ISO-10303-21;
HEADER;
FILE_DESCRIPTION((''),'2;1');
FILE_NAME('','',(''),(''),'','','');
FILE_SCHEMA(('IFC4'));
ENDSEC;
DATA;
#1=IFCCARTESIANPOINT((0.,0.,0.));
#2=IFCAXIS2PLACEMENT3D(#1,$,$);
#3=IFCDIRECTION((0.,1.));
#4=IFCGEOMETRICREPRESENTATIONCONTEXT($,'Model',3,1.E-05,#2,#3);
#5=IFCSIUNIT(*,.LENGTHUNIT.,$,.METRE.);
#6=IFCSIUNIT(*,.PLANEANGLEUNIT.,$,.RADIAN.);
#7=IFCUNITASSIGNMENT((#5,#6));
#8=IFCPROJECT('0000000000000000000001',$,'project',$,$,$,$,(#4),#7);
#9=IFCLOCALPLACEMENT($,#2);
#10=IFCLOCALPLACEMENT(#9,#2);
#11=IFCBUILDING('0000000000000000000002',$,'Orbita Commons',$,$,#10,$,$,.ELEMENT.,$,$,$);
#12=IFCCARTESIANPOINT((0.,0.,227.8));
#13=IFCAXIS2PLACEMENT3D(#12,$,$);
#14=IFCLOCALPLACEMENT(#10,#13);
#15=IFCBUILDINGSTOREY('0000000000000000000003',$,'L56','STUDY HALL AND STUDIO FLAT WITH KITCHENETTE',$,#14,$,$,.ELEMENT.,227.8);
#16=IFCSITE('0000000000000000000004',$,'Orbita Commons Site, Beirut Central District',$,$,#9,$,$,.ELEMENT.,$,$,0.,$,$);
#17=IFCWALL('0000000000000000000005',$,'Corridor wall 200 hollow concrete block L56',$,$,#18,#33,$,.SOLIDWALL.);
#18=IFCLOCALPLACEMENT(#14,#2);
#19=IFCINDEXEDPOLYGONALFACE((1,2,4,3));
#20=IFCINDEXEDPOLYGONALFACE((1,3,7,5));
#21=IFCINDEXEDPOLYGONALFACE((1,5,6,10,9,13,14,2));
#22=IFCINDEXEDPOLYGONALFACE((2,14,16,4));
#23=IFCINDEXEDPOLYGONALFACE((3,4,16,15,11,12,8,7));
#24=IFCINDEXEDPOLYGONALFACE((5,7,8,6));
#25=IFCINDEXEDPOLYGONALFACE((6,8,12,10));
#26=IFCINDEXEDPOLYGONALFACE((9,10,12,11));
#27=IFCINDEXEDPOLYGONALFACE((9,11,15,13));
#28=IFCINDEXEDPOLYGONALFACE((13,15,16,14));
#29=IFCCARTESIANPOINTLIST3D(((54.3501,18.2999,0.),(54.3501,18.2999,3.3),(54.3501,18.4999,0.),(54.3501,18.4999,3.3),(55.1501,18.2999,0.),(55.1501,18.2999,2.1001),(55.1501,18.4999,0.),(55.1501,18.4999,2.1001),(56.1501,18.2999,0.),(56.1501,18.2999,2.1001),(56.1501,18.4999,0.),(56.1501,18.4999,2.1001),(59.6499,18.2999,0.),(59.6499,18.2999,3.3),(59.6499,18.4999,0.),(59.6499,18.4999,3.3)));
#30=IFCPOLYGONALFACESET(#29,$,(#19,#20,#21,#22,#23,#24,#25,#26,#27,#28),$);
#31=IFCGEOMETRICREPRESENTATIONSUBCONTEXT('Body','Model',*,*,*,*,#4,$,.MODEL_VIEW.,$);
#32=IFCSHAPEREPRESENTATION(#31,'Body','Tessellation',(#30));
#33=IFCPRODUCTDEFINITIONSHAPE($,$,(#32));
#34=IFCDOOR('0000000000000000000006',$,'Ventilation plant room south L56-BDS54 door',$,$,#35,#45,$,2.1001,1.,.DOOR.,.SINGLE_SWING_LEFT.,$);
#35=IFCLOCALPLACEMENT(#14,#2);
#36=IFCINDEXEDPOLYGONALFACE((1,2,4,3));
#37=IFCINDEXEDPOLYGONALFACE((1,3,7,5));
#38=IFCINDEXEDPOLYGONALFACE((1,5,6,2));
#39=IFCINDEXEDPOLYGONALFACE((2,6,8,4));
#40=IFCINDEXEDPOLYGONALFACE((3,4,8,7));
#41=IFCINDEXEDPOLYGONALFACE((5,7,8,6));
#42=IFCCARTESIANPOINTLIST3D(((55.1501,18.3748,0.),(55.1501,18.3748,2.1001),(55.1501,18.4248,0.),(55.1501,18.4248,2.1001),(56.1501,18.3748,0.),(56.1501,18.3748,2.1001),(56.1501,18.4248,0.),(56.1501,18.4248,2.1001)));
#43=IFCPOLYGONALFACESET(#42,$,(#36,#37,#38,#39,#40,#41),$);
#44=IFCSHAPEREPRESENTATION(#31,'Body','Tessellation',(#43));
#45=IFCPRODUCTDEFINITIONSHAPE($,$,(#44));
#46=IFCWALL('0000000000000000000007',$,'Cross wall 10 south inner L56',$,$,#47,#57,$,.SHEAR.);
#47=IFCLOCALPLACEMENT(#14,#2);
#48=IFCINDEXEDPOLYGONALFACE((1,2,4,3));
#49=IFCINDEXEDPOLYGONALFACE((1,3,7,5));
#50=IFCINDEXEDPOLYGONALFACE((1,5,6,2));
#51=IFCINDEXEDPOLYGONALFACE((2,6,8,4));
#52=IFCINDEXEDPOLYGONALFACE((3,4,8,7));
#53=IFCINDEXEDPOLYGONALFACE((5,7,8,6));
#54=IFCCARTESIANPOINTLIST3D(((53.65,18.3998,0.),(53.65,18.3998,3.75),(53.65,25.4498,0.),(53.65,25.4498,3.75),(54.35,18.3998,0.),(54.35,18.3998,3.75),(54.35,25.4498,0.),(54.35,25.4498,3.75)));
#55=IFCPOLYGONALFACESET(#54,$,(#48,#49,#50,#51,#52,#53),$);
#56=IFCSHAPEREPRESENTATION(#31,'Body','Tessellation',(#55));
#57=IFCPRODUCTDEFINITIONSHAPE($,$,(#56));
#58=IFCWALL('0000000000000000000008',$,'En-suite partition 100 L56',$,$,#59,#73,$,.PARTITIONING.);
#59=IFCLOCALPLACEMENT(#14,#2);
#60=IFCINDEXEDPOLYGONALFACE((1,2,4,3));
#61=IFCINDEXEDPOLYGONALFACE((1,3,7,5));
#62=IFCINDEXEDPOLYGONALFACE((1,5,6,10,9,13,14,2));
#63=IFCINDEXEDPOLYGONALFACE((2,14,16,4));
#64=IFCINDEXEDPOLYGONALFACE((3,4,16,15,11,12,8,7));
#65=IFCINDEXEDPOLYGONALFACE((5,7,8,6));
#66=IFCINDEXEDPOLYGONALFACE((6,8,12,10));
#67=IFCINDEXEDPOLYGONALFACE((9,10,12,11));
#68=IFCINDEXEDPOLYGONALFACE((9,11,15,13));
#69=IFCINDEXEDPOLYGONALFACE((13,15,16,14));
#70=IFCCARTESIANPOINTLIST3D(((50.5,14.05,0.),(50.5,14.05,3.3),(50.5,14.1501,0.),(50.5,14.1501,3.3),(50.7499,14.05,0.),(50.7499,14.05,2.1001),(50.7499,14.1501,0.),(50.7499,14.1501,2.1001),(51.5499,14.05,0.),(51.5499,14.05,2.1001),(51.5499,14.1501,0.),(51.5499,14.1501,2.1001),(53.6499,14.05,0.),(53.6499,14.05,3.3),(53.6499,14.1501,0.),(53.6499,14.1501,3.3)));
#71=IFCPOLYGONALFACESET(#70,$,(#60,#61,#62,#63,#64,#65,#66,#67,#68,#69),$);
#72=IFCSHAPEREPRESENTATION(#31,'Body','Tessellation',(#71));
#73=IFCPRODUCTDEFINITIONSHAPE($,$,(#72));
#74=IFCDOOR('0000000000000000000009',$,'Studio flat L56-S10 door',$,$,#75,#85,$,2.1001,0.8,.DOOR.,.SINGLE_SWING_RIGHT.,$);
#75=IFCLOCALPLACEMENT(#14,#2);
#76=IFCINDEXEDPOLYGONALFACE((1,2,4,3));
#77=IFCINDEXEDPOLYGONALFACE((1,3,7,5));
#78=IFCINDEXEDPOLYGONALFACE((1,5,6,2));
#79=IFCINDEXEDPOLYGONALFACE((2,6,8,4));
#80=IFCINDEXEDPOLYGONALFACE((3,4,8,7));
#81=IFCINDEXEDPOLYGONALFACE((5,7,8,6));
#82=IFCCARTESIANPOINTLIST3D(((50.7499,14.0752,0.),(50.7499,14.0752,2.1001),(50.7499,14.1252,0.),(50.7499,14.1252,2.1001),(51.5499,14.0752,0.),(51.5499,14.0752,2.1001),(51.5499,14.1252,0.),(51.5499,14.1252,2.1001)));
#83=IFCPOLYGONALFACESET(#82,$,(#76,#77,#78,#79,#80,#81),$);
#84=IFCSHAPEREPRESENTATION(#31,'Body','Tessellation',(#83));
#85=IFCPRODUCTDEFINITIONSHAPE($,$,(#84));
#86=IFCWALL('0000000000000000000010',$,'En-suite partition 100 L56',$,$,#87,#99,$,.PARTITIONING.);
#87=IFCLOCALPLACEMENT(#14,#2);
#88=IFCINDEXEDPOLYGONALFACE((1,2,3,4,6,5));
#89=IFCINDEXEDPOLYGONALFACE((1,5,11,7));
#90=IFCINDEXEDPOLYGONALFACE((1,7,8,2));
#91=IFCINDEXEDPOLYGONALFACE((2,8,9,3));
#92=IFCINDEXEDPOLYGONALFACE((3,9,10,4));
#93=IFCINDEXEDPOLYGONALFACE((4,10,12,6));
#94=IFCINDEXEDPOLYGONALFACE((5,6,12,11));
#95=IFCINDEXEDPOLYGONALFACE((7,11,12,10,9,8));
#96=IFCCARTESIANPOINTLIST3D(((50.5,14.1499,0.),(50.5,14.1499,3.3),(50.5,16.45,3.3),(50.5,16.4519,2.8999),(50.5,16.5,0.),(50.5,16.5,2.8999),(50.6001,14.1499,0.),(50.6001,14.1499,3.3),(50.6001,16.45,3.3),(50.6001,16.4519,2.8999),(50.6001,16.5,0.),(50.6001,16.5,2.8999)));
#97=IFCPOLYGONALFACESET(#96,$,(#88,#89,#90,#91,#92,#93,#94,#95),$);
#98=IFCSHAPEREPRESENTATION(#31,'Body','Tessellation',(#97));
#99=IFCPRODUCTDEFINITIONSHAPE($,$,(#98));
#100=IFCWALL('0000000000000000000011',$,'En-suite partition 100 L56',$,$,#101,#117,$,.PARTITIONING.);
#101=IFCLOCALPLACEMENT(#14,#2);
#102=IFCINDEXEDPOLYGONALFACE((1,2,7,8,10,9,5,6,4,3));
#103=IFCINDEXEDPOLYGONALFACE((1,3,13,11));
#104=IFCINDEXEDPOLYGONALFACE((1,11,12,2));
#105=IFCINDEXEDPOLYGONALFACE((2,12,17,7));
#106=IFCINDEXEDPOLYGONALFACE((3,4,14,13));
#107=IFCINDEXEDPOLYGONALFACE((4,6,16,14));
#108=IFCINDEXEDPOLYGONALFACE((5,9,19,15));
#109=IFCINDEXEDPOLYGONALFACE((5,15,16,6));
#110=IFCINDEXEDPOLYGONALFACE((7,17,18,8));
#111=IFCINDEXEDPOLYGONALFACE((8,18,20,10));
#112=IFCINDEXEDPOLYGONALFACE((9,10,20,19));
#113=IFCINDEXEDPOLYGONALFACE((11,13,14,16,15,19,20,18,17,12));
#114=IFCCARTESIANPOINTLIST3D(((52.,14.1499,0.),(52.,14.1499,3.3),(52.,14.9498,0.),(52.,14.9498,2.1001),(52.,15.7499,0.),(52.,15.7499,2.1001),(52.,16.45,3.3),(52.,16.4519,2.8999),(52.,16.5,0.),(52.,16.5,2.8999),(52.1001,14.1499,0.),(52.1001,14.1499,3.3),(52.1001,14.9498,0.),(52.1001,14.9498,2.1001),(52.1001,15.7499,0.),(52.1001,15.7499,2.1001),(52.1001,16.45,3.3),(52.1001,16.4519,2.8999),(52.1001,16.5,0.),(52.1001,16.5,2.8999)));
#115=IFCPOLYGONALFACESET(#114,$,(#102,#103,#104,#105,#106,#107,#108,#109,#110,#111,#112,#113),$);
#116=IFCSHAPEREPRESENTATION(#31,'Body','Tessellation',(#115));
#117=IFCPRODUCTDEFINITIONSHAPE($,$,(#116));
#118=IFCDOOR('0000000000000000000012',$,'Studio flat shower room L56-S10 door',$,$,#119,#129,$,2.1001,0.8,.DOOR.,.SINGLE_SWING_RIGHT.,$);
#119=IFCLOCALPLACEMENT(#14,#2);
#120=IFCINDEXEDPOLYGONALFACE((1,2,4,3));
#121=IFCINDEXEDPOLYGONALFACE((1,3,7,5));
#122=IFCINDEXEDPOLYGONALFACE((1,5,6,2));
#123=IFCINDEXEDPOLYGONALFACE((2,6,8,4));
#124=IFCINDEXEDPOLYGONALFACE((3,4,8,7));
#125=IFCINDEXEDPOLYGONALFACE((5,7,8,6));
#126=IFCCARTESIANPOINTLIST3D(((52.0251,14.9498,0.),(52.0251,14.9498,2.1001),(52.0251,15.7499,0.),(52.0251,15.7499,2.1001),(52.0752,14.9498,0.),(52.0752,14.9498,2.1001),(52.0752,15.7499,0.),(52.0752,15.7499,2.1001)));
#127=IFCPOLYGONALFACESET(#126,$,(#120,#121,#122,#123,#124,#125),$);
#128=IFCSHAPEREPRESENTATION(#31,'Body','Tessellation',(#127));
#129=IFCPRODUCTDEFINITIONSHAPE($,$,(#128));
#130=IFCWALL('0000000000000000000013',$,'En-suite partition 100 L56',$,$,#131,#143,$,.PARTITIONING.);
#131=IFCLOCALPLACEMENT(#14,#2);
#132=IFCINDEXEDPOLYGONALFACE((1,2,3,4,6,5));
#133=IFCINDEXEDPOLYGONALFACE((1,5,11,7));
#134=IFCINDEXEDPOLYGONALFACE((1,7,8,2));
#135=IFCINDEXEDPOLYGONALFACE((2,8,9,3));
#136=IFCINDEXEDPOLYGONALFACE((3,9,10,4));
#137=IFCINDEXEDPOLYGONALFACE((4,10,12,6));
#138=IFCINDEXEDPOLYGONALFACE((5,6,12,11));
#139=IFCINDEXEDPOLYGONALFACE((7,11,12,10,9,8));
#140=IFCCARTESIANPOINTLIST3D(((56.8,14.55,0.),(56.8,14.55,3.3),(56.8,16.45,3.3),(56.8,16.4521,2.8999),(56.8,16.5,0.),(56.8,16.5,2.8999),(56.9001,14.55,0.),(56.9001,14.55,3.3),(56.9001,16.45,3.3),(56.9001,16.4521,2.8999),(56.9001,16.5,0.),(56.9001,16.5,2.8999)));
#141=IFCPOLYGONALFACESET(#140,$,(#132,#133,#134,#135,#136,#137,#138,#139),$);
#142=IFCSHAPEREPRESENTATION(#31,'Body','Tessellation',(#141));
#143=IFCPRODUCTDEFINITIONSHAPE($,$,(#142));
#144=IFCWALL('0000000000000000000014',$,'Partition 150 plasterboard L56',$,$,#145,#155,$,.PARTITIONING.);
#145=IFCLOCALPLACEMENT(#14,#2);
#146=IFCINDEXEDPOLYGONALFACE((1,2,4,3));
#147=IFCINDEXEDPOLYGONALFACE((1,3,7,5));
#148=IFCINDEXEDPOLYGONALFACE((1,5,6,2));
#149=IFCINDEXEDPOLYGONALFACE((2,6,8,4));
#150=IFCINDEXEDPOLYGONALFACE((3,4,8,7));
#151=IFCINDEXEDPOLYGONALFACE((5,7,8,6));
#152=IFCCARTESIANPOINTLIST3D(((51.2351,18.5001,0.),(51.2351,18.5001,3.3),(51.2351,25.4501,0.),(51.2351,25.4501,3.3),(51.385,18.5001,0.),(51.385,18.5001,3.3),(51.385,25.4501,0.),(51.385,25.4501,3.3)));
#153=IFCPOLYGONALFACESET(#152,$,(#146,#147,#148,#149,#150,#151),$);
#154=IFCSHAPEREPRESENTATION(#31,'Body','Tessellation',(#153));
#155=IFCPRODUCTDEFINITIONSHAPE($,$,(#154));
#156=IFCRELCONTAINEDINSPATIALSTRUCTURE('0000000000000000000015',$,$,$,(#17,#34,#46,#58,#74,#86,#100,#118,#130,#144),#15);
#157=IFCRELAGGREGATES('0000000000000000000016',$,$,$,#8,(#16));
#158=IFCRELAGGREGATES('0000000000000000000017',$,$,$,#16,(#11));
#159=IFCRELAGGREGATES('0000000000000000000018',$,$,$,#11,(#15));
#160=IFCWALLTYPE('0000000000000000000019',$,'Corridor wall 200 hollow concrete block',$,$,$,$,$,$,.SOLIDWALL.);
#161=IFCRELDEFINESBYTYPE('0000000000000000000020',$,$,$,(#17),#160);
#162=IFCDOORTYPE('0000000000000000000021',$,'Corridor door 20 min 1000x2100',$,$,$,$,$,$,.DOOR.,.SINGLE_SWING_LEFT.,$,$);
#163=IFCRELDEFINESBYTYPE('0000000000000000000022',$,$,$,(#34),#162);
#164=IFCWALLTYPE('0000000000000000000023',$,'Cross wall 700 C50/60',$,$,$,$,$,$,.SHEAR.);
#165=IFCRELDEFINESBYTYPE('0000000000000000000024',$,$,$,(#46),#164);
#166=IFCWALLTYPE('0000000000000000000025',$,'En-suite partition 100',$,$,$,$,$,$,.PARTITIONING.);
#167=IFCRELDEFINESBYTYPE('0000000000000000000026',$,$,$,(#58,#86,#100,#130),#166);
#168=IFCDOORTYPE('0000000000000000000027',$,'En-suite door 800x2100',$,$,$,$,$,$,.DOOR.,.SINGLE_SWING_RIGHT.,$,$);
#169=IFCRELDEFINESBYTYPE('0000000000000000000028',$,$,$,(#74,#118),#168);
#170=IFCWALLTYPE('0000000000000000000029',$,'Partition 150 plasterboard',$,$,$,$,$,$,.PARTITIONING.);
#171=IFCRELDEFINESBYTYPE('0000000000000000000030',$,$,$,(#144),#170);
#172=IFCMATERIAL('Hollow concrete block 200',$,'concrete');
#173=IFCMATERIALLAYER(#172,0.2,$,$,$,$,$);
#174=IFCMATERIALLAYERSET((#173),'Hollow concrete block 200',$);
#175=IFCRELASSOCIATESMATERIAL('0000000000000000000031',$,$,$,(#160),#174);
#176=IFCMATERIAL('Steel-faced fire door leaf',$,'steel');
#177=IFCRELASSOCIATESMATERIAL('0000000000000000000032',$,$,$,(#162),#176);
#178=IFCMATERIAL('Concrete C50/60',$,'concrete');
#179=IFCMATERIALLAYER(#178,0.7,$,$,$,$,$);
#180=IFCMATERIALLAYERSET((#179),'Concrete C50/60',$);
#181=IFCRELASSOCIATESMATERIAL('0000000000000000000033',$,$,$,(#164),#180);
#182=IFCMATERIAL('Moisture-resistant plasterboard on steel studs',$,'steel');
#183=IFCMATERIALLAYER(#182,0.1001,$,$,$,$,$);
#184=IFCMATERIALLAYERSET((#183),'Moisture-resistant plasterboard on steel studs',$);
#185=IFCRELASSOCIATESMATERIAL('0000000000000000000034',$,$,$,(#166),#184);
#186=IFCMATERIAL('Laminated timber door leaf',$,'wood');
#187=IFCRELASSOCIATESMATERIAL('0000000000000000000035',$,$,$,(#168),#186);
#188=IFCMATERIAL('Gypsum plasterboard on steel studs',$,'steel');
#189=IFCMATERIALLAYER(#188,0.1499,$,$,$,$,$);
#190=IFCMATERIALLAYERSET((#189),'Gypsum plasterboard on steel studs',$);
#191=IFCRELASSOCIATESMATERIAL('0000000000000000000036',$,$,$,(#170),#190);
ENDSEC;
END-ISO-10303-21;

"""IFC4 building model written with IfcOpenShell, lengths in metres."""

from ifc_helpers import new_model, si_unit, direction, frame, frame_2d, origin, place, context, subcontext, project, spatial, polyline, rectangle, outline, extrude, material, layer, layer_set, type_object, element, fill, save


model = new_model("IFC4")

# Units and contexts
model_context = context("Model", 3, precision=1e-05, world=origin(), true_north=direction((0.0, 1.0)))
body_context = subcontext(model_context, "Body", "Model", "MODEL_VIEW")
ifc_project = project(units=[si_unit("LENGTHUNIT", "METRE"), si_unit("PLANEANGLEUNIT", "RADIAN")], contexts=[model_context])

# Site, building, storey
site_placement = place(None, origin())
site = spatial("IfcSite", under=ifc_project, at=site_placement, Name="Orbita Commons Site, Beirut Central District", CompositionType="ELEMENT", RefElevation=0.0)
building_placement = place(site_placement, origin())
building = spatial("IfcBuilding", under=site, at=building_placement, Name="Orbita Commons", CompositionType="ELEMENT")
storey_placement = place(building_placement, frame((0.0, 0.0, 227.8)))
storey = spatial("IfcBuildingStorey", under=building, at=storey_placement, Name="L56", Description="STUDY HALL AND STUDIO FLAT WITH KITCHENETTE", CompositionType="ELEMENT", Elevation=227.8)

# Shared definitions
ifc_material_1 = material(Name="Hollow concrete block 200", Category="concrete")
ifc_layer_1 = layer(ifc_material_1, 0.2)
ifc_layer_set_1 = layer_set([ifc_layer_1], Name="Hollow concrete block 200")
wall_type_1 = type_object("IfcWallType", Name="Corridor wall 200 hollow concrete block", PredefinedType="SOLIDWALL", material=ifc_layer_set_1)

# Wall, opening, door
wall_1_placement = place(storey_placement, frame((54.3501, 18.3999, 0.0), z_axis=(0.0, 0.0, 1.0), x_axis=(1.0, 0.0, 0.0)))
wall_1 = element("IfcWall", 1, at=wall_1_placement, inside=storey, type_object=wall_type_1, Name="Corridor wall 200 hollow concrete block L56", PredefinedType="SOLIDWALL", context=body_context, shape_type="SweptSolid", body=[
    extrude(rectangle(XDim=5.2998, YDim=0.2, at=frame_2d((2.6499, 0.0))), origin(), (0.0, 0.0, 1.0), 3.3),
])
opening_1_placement = place(wall_1_placement, frame((0.8, 0.0, 0.0)))
opening_1 = element("IfcOpeningElement", 2, at=opening_1_placement, cuts=wall_1, PredefinedType="OPENING", context=body_context, shape_type="SweptSolid", body=[
    extrude(rectangle(XDim=1.0, YDim=2.1001, at=frame_2d((0.5, 1.05))), frame((0.0, 0.1099, 0.0), z_axis=(0.0, -1.0, 0.0), x_axis=(1.0, 0.0, 0.0)), (0.0, 0.0, 1.0), 0.22),
])
ifc_material_2 = material(Name="Steel-faced fire door leaf", Category="steel")
door_type_1 = type_object("IfcDoorType", Name="Corridor door 20 min 1000x2100", OperationType="SINGLE_SWING_LEFT", PredefinedType="DOOR", material=ifc_material_2)
door_1_placement = place(opening_1_placement, origin())
door_1 = element("IfcDoor", 3, at=door_1_placement, inside=storey, type_object=door_type_1, Name="Ventilation plant room south L56-BDS54 door", OperationType="SINGLE_SWING_LEFT", OverallHeight=2.1001, OverallWidth=1.0, PredefinedType="DOOR", context=body_context, shape_type="SweptSolid", body=[
    extrude(rectangle(XDim=1.0, YDim=2.1001, at=frame_2d((0.5, 1.05))), frame((0.0, 0.0249, 0.0), z_axis=(0.0, -1.0, 0.0), x_axis=(1.0, 0.0, 0.0)), (0.0, 0.0, 1.0), 0.05),
])
fill(opening_1, door_1)

# Wall
ifc_material_3 = material(Name="Concrete C50/60", Category="concrete")
ifc_layer_2 = layer(ifc_material_3, 0.7)
ifc_layer_set_2 = layer_set([ifc_layer_2], Name="Concrete C50/60")
wall_type_2 = type_object("IfcWallType", Name="Cross wall 700 C50/60", PredefinedType="SHEAR", material=ifc_layer_set_2)
wall_2_placement = place(storey_placement, frame((54.0, 18.3999, 0.0), z_axis=(0.0, 0.0, 1.0), x_axis=(0.0, 1.0, 0.0)))
element("IfcWall", 4, at=wall_2_placement, inside=storey, type_object=wall_type_2, Name="Cross wall 10 south inner L56", PredefinedType="SHEAR", context=body_context, shape_type="SweptSolid", body=[
    extrude(rectangle(XDim=7.05, YDim=0.7, at=frame_2d((3.5249, 0.0))), origin(), (0.0, 0.0, 1.0), 3.75),
])

# Wall, opening, door
ifc_material_4 = material(Name="Moisture-resistant plasterboard on steel studs", Category="steel")
ifc_layer_3 = layer(ifc_material_4, 0.1001)
ifc_layer_set_3 = layer_set([ifc_layer_3], Name="Moisture-resistant plasterboard on steel studs")
wall_type_3 = type_object("IfcWallType", Name="En-suite partition 100", PredefinedType="PARTITIONING", material=ifc_layer_set_3)
wall_3_placement = place(storey_placement, frame((53.6499, 14.1001, 0.0), z_axis=(0.0, 0.0, 1.0), x_axis=(-1.0, 0.0, 0.0)))
wall_3 = element("IfcWall", 5, at=wall_3_placement, inside=storey, type_object=wall_type_3, Name="En-suite partition 100 L56", PredefinedType="PARTITIONING", context=body_context, shape_type="SweptSolid", body=[
    extrude(rectangle(XDim=3.1499, YDim=0.1001, at=frame_2d((1.575, 0.0))), origin(), (0.0, 0.0, 1.0), 3.3),
])
opening_2_placement = place(wall_3_placement, frame((2.1001, 0.0, 0.0)))
opening_2 = element("IfcOpeningElement", 6, at=opening_2_placement, cuts=wall_3, PredefinedType="OPENING", context=body_context, shape_type="SweptSolid", body=[
    extrude(rectangle(XDim=0.8, YDim=2.1001, at=frame_2d((0.3999, 1.05))), frame((0.0, 0.0601, 0.0), z_axis=(0.0, -1.0, 0.0), x_axis=(1.0, 0.0, 0.0)), (0.0, 0.0, 1.0), 0.1201),
])
ifc_material_5 = material(Name="Laminated timber door leaf", Category="wood")
door_type_2 = type_object("IfcDoorType", Name="En-suite door 800x2100", OperationType="SINGLE_SWING_RIGHT", PredefinedType="DOOR", material=ifc_material_5)
door_2_placement = place(opening_2_placement, origin())
door_2 = element("IfcDoor", 7, at=door_2_placement, inside=storey, type_object=door_type_2, Name="Studio flat L56-S10 door", OperationType="SINGLE_SWING_RIGHT", OverallHeight=2.1001, OverallWidth=0.8, PredefinedType="DOOR", context=body_context, shape_type="SweptSolid", body=[
    extrude(rectangle(XDim=0.8, YDim=2.1001, at=frame_2d((0.3999, 1.05))), frame((0.0, 0.0249, 0.0), z_axis=(0.0, -1.0, 0.0), x_axis=(1.0, 0.0, 0.0)), (0.0, 0.0, 1.0), 0.05),
])
fill(opening_2, door_2)

# Wall
wall_4_placement = place(storey_placement, frame((50.55, 14.1499, 0.0), z_axis=(0.0, 0.0, 1.0), x_axis=(0.0, 1.0, 0.0)))
element("IfcWall", 8, at=wall_4_placement, inside=storey, type_object=wall_type_3, Name="En-suite partition 100 L56", PredefinedType="PARTITIONING", context=body_context, shape_type="SweptSolid", body=[
    extrude(outline(polyline([(0.0, 0.0), (2.3501, 0.0), (2.3501, 2.8999), (2.302, 2.8999), (2.3, 3.3), (0.0, 3.3), (0.0, 0.0)])), frame((0.0, 0.05, 0.0), z_axis=(0.0, -1.0, 0.0), x_axis=(1.0, 0.0, 0.0)), (0.0, 0.0, 1.0), 0.1001),
])

# Wall, opening, door
wall_5_placement = place(storey_placement, frame((52.05, 14.1499, 0.0), z_axis=(0.0, 0.0, 1.0), x_axis=(0.0, 1.0, 0.0)))
wall_5 = element("IfcWall", 9, at=wall_5_placement, inside=storey, type_object=wall_type_3, Name="En-suite partition 100 L56", PredefinedType="PARTITIONING", context=body_context, shape_type="SweptSolid", body=[
    extrude(outline(polyline([(0.0, 0.0), (2.3501, 0.0), (2.3501, 2.8999), (2.302, 2.8999), (2.3, 3.3), (0.0, 3.3), (0.0, 0.0)])), frame((0.0, 0.05, 0.0), z_axis=(0.0, -1.0, 0.0), x_axis=(1.0, 0.0, 0.0)), (0.0, 0.0, 1.0), 0.1001),
])
opening_3_placement = place(wall_5_placement, frame((0.8, 0.0, 0.0)))
opening_3 = element("IfcOpeningElement", 10, at=opening_3_placement, cuts=wall_5, PredefinedType="OPENING", context=body_context, shape_type="SweptSolid", body=[
    extrude(rectangle(XDim=0.8, YDim=2.1001, at=frame_2d((0.3999, 1.05))), frame((0.0, 0.0601, 0.0), z_axis=(0.0, -1.0, 0.0), x_axis=(1.0, 0.0, 0.0)), (0.0, 0.0, 1.0), 0.1201),
])
door_3_placement = place(opening_3_placement, origin())
door_3 = element("IfcDoor", 11, at=door_3_placement, inside=storey, type_object=door_type_2, Name="Studio flat shower room L56-S10 door", OperationType="SINGLE_SWING_RIGHT", OverallHeight=2.1001, OverallWidth=0.8, PredefinedType="DOOR", context=body_context, shape_type="SweptSolid", body=[
    extrude(rectangle(XDim=0.8, YDim=2.1001, at=frame_2d((0.3999, 1.05))), frame((0.0, 0.0249, 0.0), z_axis=(0.0, -1.0, 0.0), x_axis=(1.0, 0.0, 0.0)), (0.0, 0.0, 1.0), 0.05),
])
fill(opening_3, door_3)

# Walls
wall_6_placement = place(storey_placement, frame((56.8501, 14.55, 0.0), z_axis=(0.0, 0.0, 1.0), x_axis=(0.0, 1.0, 0.0)))
element("IfcWall", 12, at=wall_6_placement, inside=storey, type_object=wall_type_3, Name="En-suite partition 100 L56", PredefinedType="PARTITIONING", context=body_context, shape_type="SweptSolid", body=[
    extrude(outline(polyline([(0.0, 0.0), (1.95, 0.0), (1.95, 2.8999), (1.9021, 2.8999), (1.8999, 3.3), (0.0, 3.3), (0.0, 0.0)])), frame((0.0, 0.05, 0.0), z_axis=(0.0, -1.0, 0.0), x_axis=(1.0, 0.0, 0.0)), (0.0, 0.0, 1.0), 0.1001),
])
ifc_material_6 = material(Name="Gypsum plasterboard on steel studs", Category="steel")
ifc_layer_4 = layer(ifc_material_6, 0.1499)
ifc_layer_set_4 = layer_set([ifc_layer_4], Name="Gypsum plasterboard on steel studs")
wall_type_4 = type_object("IfcWallType", Name="Partition 150 plasterboard", PredefinedType="PARTITIONING", material=ifc_layer_set_4)
wall_7_placement = place(storey_placement, frame((51.3101, 18.5, 0.0), z_axis=(0.0, 0.0, 1.0), x_axis=(0.0, 1.0, 0.0)))
element("IfcWall", 13, at=wall_7_placement, inside=storey, type_object=wall_type_4, Name="Partition 150 plasterboard L56", PredefinedType="PARTITIONING", context=body_context, shape_type="SweptSolid", body=[
    extrude(rectangle(XDim=6.95, YDim=0.1499, at=frame_2d((3.4751, 0.0))), origin(), (0.0, 0.0, 1.0), 3.3),
])

save(model, "model.ifc")
